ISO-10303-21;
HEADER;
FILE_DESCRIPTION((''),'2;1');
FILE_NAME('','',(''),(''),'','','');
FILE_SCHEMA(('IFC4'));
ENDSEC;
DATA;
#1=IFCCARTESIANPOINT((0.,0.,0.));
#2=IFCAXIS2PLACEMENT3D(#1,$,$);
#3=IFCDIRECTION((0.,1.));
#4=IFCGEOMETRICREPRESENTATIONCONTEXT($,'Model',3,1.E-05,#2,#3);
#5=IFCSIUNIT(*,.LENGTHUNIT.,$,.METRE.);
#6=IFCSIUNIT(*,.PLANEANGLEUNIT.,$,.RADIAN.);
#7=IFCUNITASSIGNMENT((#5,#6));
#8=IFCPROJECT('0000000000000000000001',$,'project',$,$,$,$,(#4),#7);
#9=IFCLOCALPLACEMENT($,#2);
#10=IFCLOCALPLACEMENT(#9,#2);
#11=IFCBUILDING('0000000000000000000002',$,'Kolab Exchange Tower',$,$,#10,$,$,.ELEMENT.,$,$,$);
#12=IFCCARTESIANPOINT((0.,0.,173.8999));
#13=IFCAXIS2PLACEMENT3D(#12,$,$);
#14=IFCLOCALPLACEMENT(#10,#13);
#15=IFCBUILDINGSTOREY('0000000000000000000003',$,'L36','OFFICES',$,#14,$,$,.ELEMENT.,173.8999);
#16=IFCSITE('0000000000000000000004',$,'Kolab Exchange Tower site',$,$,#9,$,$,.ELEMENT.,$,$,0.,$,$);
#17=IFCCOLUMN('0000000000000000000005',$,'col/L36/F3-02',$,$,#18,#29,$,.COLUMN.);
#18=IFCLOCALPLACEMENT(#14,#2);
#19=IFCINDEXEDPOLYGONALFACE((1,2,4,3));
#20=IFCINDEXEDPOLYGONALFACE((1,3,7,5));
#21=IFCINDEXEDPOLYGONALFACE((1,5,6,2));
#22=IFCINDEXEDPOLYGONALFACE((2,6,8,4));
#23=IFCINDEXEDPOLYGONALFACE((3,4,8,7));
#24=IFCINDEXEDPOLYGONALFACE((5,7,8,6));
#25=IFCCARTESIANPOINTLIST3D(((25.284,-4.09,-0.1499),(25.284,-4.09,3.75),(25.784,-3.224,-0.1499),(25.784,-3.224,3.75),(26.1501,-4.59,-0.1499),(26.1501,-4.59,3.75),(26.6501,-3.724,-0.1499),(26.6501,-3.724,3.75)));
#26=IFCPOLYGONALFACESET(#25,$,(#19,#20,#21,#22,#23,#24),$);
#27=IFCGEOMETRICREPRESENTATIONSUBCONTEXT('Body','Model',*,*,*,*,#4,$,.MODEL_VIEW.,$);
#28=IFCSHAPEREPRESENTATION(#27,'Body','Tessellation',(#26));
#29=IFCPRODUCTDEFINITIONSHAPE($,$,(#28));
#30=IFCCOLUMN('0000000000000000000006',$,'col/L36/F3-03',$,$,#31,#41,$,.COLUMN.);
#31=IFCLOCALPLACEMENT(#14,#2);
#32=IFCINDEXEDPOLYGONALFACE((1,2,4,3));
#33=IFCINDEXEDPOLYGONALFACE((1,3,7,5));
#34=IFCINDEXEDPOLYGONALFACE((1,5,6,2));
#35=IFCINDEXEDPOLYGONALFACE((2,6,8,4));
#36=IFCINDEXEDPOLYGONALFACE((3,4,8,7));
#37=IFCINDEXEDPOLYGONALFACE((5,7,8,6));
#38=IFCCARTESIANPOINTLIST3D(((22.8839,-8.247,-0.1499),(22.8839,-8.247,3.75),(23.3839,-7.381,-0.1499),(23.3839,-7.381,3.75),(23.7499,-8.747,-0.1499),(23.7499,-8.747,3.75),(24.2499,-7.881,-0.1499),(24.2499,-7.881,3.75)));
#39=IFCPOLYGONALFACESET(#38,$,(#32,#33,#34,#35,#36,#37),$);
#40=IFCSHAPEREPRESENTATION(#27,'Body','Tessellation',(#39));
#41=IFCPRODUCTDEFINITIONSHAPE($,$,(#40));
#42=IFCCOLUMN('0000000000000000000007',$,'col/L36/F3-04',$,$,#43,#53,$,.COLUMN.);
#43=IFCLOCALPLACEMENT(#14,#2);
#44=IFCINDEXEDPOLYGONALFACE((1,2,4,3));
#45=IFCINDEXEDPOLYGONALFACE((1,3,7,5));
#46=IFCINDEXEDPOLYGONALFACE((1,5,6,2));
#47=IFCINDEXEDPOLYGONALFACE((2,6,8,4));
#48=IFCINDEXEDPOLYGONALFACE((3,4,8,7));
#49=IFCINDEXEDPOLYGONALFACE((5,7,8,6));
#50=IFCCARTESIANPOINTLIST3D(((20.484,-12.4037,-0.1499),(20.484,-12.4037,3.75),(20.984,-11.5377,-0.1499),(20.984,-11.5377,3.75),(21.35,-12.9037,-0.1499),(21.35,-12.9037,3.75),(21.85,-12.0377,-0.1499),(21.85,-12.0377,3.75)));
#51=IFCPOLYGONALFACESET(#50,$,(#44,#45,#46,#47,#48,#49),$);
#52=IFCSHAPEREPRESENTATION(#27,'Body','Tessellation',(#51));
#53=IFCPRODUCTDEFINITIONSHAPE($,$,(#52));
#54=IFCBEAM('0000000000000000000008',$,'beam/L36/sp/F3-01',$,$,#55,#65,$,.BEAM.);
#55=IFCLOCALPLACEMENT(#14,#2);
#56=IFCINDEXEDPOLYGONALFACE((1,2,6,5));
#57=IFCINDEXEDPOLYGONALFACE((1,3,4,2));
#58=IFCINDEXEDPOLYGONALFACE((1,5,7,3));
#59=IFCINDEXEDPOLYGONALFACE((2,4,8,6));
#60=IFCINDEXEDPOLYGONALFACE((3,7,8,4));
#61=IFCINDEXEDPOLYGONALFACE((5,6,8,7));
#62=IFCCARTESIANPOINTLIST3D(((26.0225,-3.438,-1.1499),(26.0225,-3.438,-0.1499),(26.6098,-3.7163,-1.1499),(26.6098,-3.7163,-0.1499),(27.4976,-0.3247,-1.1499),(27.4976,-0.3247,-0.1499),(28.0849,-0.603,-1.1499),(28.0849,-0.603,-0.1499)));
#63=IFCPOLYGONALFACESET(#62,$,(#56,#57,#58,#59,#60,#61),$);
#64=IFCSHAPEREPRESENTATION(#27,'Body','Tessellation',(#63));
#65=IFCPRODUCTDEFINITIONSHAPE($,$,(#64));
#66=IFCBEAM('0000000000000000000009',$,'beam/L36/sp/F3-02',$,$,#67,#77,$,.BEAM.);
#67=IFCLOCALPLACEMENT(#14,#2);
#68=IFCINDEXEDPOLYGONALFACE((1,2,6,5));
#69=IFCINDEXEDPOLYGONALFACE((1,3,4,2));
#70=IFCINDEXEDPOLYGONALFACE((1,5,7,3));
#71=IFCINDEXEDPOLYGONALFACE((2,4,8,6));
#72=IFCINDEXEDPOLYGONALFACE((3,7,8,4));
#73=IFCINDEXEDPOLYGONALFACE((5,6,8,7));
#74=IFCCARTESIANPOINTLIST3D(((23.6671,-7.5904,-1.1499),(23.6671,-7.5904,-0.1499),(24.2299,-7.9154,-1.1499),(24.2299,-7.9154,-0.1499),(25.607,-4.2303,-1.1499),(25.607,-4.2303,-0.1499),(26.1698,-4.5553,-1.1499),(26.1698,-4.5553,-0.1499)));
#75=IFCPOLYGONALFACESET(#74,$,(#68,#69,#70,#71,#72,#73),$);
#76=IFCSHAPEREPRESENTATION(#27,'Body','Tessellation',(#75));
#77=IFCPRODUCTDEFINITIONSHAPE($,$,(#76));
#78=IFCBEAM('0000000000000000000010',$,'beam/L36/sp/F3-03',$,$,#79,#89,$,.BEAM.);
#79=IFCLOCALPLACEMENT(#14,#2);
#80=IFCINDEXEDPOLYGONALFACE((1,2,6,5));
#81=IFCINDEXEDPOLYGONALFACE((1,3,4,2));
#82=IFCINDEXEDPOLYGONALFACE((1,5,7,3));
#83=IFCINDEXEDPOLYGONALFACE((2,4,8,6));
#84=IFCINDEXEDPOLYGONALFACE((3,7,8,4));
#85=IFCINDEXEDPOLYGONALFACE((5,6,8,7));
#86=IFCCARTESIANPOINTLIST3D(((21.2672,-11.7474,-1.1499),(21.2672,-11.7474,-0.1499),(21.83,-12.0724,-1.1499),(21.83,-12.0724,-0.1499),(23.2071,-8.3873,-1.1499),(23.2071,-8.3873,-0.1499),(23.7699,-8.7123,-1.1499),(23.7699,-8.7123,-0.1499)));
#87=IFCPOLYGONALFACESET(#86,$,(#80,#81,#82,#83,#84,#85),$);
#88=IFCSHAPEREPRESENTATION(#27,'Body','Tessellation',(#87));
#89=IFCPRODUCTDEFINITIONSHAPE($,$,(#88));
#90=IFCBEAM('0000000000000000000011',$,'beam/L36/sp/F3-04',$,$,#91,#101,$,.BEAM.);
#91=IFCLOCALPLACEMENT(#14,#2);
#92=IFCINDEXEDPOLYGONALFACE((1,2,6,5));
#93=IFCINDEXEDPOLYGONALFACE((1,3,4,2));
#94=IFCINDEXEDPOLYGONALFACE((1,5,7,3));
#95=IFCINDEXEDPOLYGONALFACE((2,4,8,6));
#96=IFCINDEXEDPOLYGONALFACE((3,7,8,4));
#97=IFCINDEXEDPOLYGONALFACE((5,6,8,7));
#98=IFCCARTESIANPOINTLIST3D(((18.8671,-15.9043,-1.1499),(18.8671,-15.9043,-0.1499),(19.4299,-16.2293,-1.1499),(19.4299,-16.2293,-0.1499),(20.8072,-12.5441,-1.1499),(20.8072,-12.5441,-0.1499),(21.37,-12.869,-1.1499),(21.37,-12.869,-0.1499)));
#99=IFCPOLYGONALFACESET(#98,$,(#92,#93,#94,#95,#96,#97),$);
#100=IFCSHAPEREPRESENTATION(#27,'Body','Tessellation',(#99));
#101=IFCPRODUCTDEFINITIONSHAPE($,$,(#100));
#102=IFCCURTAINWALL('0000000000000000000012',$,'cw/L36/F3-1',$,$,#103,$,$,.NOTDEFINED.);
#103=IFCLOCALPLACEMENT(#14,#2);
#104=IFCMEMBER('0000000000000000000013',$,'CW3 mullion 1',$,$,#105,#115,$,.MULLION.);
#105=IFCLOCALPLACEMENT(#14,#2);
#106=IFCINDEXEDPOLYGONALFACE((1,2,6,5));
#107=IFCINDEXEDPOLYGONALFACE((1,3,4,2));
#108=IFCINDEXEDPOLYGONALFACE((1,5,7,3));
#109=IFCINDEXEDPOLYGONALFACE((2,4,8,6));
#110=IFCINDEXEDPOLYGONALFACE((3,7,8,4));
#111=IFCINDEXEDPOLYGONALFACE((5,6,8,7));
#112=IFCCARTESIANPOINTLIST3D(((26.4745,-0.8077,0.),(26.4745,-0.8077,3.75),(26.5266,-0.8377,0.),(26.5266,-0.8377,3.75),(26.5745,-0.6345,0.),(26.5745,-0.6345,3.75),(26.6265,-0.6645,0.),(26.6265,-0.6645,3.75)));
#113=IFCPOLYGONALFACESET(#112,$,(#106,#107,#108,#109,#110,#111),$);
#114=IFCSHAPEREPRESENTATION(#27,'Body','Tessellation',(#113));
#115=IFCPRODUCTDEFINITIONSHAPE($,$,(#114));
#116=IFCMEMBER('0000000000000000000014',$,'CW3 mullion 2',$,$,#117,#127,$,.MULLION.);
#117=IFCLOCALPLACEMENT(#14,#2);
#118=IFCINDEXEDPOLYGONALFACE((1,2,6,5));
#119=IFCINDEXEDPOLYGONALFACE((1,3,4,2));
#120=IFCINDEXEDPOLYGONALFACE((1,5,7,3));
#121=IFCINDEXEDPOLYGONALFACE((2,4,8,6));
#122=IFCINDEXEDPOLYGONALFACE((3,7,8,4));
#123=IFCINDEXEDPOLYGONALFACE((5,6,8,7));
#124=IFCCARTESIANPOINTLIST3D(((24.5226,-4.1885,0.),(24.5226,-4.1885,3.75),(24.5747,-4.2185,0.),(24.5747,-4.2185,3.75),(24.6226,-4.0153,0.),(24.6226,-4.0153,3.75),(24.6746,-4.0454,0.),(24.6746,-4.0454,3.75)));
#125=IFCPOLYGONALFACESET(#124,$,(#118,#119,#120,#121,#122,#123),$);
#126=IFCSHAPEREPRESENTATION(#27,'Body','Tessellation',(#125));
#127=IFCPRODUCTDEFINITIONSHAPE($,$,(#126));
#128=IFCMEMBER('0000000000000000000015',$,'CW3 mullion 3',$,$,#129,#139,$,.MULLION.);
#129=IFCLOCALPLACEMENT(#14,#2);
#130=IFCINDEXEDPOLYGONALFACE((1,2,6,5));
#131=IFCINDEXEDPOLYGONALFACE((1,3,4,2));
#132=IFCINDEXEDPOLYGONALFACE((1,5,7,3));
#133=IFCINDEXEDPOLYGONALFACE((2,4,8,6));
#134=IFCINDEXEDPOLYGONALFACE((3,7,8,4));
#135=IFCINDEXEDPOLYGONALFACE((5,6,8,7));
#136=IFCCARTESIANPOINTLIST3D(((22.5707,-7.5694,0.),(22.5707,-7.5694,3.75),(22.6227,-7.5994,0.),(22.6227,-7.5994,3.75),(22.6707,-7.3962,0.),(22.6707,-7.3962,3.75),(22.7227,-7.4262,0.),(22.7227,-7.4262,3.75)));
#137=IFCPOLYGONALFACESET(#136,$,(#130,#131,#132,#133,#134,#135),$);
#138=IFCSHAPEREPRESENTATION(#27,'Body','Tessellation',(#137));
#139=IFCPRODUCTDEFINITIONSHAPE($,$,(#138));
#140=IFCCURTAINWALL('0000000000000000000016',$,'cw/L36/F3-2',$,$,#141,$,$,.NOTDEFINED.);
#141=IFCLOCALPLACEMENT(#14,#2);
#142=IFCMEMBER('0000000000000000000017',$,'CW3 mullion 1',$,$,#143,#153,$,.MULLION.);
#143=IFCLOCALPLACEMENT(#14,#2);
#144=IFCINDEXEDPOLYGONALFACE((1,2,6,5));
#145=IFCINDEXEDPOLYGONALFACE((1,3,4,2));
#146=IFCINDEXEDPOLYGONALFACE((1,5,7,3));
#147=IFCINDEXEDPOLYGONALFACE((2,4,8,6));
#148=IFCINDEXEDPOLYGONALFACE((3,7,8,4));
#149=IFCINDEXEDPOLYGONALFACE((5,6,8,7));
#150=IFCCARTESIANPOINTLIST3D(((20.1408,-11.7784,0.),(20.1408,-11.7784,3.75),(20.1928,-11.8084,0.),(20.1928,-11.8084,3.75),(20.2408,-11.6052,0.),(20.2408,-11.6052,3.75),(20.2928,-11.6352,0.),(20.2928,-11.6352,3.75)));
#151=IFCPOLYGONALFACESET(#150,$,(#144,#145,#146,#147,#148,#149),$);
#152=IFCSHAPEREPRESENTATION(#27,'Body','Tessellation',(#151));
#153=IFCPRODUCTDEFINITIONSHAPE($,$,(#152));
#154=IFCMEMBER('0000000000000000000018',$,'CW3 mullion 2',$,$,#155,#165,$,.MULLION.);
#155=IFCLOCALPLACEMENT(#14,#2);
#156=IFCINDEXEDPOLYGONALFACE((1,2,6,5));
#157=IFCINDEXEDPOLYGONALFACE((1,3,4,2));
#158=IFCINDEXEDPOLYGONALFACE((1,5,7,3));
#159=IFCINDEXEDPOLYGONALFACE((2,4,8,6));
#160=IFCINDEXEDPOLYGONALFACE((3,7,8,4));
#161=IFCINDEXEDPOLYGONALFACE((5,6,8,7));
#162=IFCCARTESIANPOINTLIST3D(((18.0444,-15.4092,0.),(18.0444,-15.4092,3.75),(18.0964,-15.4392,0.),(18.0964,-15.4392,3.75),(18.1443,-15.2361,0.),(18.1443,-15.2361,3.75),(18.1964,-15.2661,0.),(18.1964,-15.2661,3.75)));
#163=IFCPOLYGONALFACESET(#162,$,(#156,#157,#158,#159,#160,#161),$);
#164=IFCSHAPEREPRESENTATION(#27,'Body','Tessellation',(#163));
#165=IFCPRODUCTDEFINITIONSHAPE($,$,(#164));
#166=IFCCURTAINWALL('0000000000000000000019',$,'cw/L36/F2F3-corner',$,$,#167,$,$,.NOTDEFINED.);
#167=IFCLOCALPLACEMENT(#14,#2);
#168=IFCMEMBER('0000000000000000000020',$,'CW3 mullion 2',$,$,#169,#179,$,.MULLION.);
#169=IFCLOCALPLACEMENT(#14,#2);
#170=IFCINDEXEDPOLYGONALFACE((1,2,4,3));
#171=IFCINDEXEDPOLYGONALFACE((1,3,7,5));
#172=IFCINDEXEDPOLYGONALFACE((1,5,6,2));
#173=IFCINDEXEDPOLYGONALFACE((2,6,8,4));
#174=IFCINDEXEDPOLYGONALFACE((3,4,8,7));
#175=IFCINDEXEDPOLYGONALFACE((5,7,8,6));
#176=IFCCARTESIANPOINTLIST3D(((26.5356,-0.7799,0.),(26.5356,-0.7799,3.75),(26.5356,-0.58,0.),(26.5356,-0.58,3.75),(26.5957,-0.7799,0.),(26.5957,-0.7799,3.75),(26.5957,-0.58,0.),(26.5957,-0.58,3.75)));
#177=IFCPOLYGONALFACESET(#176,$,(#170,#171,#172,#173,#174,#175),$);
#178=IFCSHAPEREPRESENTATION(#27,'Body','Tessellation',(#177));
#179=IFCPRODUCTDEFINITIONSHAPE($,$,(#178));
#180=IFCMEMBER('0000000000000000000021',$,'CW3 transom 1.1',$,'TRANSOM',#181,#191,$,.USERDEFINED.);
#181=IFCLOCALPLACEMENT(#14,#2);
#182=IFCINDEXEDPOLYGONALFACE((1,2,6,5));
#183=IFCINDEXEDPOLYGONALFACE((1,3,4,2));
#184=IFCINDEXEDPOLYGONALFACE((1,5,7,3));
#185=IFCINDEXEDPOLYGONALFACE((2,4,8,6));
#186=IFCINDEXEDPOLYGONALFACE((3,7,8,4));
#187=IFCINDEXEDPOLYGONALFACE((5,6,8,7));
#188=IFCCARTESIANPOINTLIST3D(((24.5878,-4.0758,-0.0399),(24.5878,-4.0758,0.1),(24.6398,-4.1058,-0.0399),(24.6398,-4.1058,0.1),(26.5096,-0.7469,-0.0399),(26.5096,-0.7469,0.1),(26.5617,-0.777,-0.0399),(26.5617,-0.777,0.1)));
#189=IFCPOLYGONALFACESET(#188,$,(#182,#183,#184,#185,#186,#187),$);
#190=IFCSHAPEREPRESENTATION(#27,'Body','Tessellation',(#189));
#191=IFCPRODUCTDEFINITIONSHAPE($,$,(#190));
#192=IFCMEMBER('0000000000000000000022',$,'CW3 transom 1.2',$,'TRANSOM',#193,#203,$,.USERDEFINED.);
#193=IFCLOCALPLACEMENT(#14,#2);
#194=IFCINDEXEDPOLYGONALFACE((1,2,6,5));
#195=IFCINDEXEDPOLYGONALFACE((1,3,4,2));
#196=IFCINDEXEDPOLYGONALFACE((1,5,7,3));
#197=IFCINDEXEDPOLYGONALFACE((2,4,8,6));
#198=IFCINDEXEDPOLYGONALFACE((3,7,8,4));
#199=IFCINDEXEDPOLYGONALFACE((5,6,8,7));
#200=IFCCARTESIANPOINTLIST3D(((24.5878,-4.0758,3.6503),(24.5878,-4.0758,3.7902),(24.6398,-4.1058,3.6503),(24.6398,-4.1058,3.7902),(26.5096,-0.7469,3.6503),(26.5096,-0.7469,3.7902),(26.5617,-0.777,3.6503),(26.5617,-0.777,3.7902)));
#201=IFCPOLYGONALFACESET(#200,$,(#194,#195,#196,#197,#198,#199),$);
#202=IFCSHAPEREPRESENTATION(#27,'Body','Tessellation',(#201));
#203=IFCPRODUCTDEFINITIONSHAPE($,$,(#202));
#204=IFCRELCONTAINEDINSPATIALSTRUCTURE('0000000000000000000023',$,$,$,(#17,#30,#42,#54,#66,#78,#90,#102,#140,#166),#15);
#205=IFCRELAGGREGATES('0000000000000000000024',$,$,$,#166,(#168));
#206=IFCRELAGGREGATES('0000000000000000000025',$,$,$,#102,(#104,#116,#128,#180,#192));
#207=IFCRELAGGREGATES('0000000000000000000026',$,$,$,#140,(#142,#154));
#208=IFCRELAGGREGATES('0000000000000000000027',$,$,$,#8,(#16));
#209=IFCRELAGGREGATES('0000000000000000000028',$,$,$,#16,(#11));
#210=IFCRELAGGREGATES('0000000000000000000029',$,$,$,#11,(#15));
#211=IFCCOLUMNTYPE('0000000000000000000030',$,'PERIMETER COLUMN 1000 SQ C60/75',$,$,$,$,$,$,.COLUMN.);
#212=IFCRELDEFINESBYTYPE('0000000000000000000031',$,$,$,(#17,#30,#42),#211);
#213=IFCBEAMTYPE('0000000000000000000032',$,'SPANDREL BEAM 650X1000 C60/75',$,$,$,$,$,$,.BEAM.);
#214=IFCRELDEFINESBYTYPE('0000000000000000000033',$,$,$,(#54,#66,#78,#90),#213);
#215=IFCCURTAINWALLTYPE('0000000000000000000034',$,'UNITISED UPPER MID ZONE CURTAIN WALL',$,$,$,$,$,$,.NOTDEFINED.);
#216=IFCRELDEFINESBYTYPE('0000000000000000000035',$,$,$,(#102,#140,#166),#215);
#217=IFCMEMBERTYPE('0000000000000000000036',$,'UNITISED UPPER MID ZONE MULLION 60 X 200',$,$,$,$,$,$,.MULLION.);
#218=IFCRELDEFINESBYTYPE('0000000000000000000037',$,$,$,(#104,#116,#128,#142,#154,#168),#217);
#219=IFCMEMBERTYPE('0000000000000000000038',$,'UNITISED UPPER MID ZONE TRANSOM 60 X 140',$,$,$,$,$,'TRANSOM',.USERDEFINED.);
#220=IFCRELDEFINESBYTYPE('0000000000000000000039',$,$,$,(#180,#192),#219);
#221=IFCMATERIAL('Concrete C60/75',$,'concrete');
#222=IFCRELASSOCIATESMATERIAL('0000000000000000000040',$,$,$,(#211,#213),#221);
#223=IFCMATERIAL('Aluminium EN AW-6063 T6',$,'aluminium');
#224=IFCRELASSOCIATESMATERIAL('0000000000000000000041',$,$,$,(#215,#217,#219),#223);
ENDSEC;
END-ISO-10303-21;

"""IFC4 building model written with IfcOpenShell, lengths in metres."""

from ifc_helpers import new_model, si_unit, direction, frame, origin, origin_2d, place, context, subcontext, project, spatial, rectangle, extrude, material, material_profile, profile_set, type_object, element, aggregate, save


model = new_model("IFC4")

# Units and contexts
model_context = context("Model", 3, precision=1e-05, world=origin(), true_north=direction((0.0, 1.0)))
body_context = subcontext(model_context, "Body", "Model", "MODEL_VIEW")
ifc_project = project(units=[si_unit("LENGTHUNIT", "METRE"), si_unit("PLANEANGLEUNIT", "RADIAN")], contexts=[model_context])

# Site, building, storey
site_placement = place(None, origin())
site = spatial("IfcSite", under=ifc_project, at=site_placement, Name="Kolab Exchange Tower site", CompositionType="ELEMENT", RefElevation=0.0)
building_placement = place(site_placement, origin())
building = spatial("IfcBuilding", under=site, at=building_placement, Name="Kolab Exchange Tower", CompositionType="ELEMENT")
storey_placement = place(building_placement, frame((0.0, 0.0, 173.8999)))
storey = spatial("IfcBuildingStorey", under=building, at=storey_placement, Name="L36", Description="OFFICES", CompositionType="ELEMENT", Elevation=173.8999)

# Columns
ifc_material_1 = material(Name="Concrete C60/75", Category="concrete")
ifc_material_profile_1 = material_profile(ifc_material_1, rectangle(XDim=1.0, YDim=1.0, at=origin_2d()), Name="RC1000")
ifc_profile_set_1 = profile_set([ifc_material_profile_1], Name="Concrete C60/75")
column_type = type_object("IfcColumnType", Name="PERIMETER COLUMN 1000 SQ C60/75", PredefinedType="COLUMN", material=ifc_profile_set_1)
for number, where, z_axis, x_axis, name in (
    (1, (25.967, -3.907, -0.1499), (0.0, 0.0, 1.0), (0.5, 0.866025, 0.0), "col/L36/F3-02"),
    (2, (23.5669, -8.064, -0.1499), (0.0, 0.0, 1.0), (0.5, 0.866025, 0.0), "col/L36/F3-03"),
    (3, (21.167, -12.2207, -0.1499), (0.0, 0.0, 1.0), (0.5, 0.866025, 0.0), "col/L36/F3-04"),
):
    element("IfcColumn", number, at=place(storey_placement, frame(where, z_axis=z_axis, x_axis=x_axis)), inside=storey, type_object=column_type, Name=name, PredefinedType="COLUMN", context=body_context, shape_type="SweptSolid", body=[
        extrude(rectangle(XDim=1.0, YDim=1.0, at=origin_2d()), origin(), (0.0, 0.0, 1.0), 3.8999),
    ])

# Beams
ifc_material_profile_2 = material_profile(ifc_material_1, rectangle(XDim=0.6499, YDim=1.0, at=origin_2d()), Name="RC650X1000")
ifc_profile_set_2 = profile_set([ifc_material_profile_2], Name="Concrete C60/75")
beam_type = type_object("IfcBeamType", Name="SPANDREL BEAM 650X1000 C60/75", PredefinedType="BEAM", material=ifc_profile_set_2)
beam_1_placement = place(storey_placement, frame((27.7913, -0.4639, -0.6499), z_axis=(-0.428178, -0.903695, 0.0), x_axis=(0.903695, -0.428178, 0.0)))
element("IfcBeam", 4, at=beam_1_placement, inside=storey, type_object=beam_type, Name="beam/L36/sp/F3-01", PredefinedType="BEAM", context=body_context, shape_type="SweptSolid", body=[
    extrude(rectangle(XDim=0.6499, YDim=1.0, at=origin_2d()), origin(), (0.0, 0.0, 1.0), 3.4451),
])
for number, where, z_axis, x_axis, name in (
    (5, (25.8884, -4.3928, -0.6499), (-0.499997, -0.866027, 0.0), (0.866027, -0.499997, 0.0), "beam/L36/sp/F3-02"),
    (6, (23.4885, -8.5498, -0.6499), (-0.499997, -0.866027, 0.0), (0.866027, -0.499997, 0.0), "beam/L36/sp/F3-03"),
):
    element("IfcBeam", number, at=place(storey_placement, frame(where, z_axis=z_axis, x_axis=x_axis)), inside=storey, type_object=beam_type, Name=name, PredefinedType="BEAM", context=body_context, shape_type="SweptSolid", body=[
        extrude(rectangle(XDim=0.6499, YDim=1.0, at=origin_2d()), origin(), (0.0, 0.0, 1.0), 3.8799),
    ])
beam_2_placement = place(storey_placement, frame((21.0886, -12.7065, -0.6499), z_axis=(-0.500017, -0.866016, 0.0), x_axis=(0.866016, -0.500017, 0.0)))
element("IfcBeam", 7, at=beam_2_placement, inside=storey, type_object=beam_type, Name="beam/L36/sp/F3-04", PredefinedType="BEAM", context=body_context, shape_type="SweptSolid", body=[
    extrude(rectangle(XDim=0.6499, YDim=1.0, at=origin_2d()), origin(), (0.0, 0.0, 1.0), 3.8801),
])

# Curtain walls, members
ifc_material_2 = material(Name="Aluminium EN AW-6063 T6", Category="aluminium")
curtain_wall_type = type_object("IfcCurtainWallType", Name="UNITISED UPPER MID ZONE CURTAIN WALL", PredefinedType="NOTDEFINED", material=ifc_material_2)
curtain_wall_1_placement = place(storey_placement, origin())
curtain_wall_1 = element("IfcCurtainWall", 8, at=curtain_wall_1_placement, inside=storey, type_object=curtain_wall_type, Name="cw/L36/F3-1", PredefinedType="NOTDEFINED")
ifc_material_profile_3 = material_profile(ifc_material_2, rectangle(XDim=0.0601, YDim=0.2, at=origin_2d()), Name="RECT 60X200")
ifc_profile_set_3 = profile_set([ifc_material_profile_3], Name="Aluminium EN AW-6063 T6")
member_type_1 = type_object("IfcMemberType", Name="UNITISED UPPER MID ZONE MULLION 60 X 200", PredefinedType="MULLION", material=ifc_profile_set_3)
member_1_placement = place(storey_placement, frame((26.5505, -0.7361, 0.0), z_axis=(0.0, 0.0, 1.0), x_axis=(0.866025, -0.5, 0.0)))
member_1 = element("IfcMember", 9, at=member_1_placement, type_object=member_type_1, Name="CW3 mullion 1", PredefinedType="MULLION", context=body_context, shape_type="SweptSolid", body=[
    extrude(rectangle(XDim=0.0601, YDim=0.2, at=origin_2d()), origin(), (0.0, 0.0, 1.0), 3.75),
])
member_2_placement = place(storey_placement, frame((24.5986, -4.1169, 0.0), z_axis=(0.0, 0.0, 1.0), x_axis=(0.866025, -0.5, 0.0)))
member_2 = element("IfcMember", 10, at=member_2_placement, type_object=member_type_1, Name="CW3 mullion 2", PredefinedType="MULLION", context=body_context, shape_type="SweptSolid", body=[
    extrude(rectangle(XDim=0.0601, YDim=0.2, at=origin_2d()), origin(), (0.0, 0.0, 1.0), 3.75),
])
member_3_placement = place(storey_placement, frame((22.6467, -7.4978, 0.0), z_axis=(0.0, 0.0, 1.0), x_axis=(0.866025, -0.5, 0.0)))
member_3 = element("IfcMember", 11, at=member_3_placement, type_object=member_type_1, Name="CW3 mullion 3", PredefinedType="MULLION", context=body_context, shape_type="SweptSolid", body=[
    extrude(rectangle(XDim=0.0601, YDim=0.2, at=origin_2d()), origin(), (0.0, 0.0, 1.0), 3.75),
])
curtain_wall_2_placement = place(storey_placement, origin())
curtain_wall_2 = element("IfcCurtainWall", 12, at=curtain_wall_2_placement, inside=storey, type_object=curtain_wall_type, Name="cw/L36/F3-2", PredefinedType="NOTDEFINED")
member_4_placement = place(storey_placement, frame((20.2168, -11.7068, 0.0), z_axis=(0.0, 0.0, 1.0), x_axis=(0.866025, -0.5, 0.0)))
member_4 = element("IfcMember", 13, at=member_4_placement, type_object=member_type_1, Name="CW3 mullion 1", PredefinedType="MULLION", context=body_context, shape_type="SweptSolid", body=[
    extrude(rectangle(XDim=0.0601, YDim=0.2, at=origin_2d()), origin(), (0.0, 0.0, 1.0), 3.75),
])
member_5_placement = place(storey_placement, frame((18.1204, -15.3376, 0.0), z_axis=(0.0, 0.0, 1.0), x_axis=(0.866025, -0.5, 0.0)))
member_5 = element("IfcMember", 14, at=member_5_placement, type_object=member_type_1, Name="CW3 mullion 2", PredefinedType="MULLION", context=body_context, shape_type="SweptSolid", body=[
    extrude(rectangle(XDim=0.0601, YDim=0.2, at=origin_2d()), origin(), (0.0, 0.0, 1.0), 3.75),
])

# Curtain wall, member
curtain_wall_3_placement = place(storey_placement, origin())
curtain_wall_3 = element("IfcCurtainWall", 15, at=curtain_wall_3_placement, inside=storey, type_object=curtain_wall_type, Name="cw/L36/F2F3-corner", PredefinedType="NOTDEFINED")
member_6_placement = place(storey_placement, frame((26.5657, -0.6799, 0.0), z_axis=(0.0, 0.0, 1.0), x_axis=(1.0, 0.0, 0.0)))
member_6 = element("IfcMember", 16, at=member_6_placement, type_object=member_type_1, Name="CW3 mullion 2", PredefinedType="MULLION", context=body_context, shape_type="SweptSolid", body=[
    extrude(rectangle(XDim=0.0601, YDim=0.2, at=origin_2d()), origin(), (0.0, 0.0, 1.0), 3.75),
])
aggregate(curtain_wall_3, [member_6])

# Members
ifc_material_profile_4 = material_profile(ifc_material_2, rectangle(XDim=0.0601, YDim=0.1399, at=origin_2d()), Name="RECT 60X140")
ifc_profile_set_4 = profile_set([ifc_material_profile_4], Name="Aluminium EN AW-6063 T6")
member_type_2 = type_object("IfcMemberType", Name="UNITISED UPPER MID ZONE TRANSOM 60 X 140", ElementType="TRANSOM", PredefinedType="USERDEFINED", material=ifc_profile_set_4)
member_7_placement = place(storey_placement, frame((26.5356, -0.762, 0.03), z_axis=(-0.499992, -0.86603, 0.0), x_axis=(0.86603, -0.499992, 0.0)))
member_7 = element("IfcMember", 17, at=member_7_placement, type_object=member_type_2, Name="CW3 transom 1.1", ObjectType="TRANSOM", PredefinedType="USERDEFINED", context=body_context, shape_type="SweptSolid", body=[
    extrude(rectangle(XDim=0.0601, YDim=0.1399, at=origin_2d()), origin(), (0.0, 0.0, 1.0), 3.8438),
])
member_8_placement = place(storey_placement, frame((26.5356, -0.762, 3.7202), z_axis=(-0.499992, -0.86603, 0.0), x_axis=(0.86603, -0.499992, 0.0)))
member_8 = element("IfcMember", 18, at=member_8_placement, type_object=member_type_2, Name="CW3 transom 1.2", ObjectType="TRANSOM", PredefinedType="USERDEFINED", context=body_context, shape_type="SweptSolid", body=[
    extrude(rectangle(XDim=0.0601, YDim=0.1399, at=origin_2d()), origin(), (0.0, 0.0, 1.0), 3.8438),
])

aggregate(curtain_wall_1, [member_1, member_2, member_3, member_7, member_8])
aggregate(curtain_wall_2, [member_4, member_5])

save(model, "model.ifc")
